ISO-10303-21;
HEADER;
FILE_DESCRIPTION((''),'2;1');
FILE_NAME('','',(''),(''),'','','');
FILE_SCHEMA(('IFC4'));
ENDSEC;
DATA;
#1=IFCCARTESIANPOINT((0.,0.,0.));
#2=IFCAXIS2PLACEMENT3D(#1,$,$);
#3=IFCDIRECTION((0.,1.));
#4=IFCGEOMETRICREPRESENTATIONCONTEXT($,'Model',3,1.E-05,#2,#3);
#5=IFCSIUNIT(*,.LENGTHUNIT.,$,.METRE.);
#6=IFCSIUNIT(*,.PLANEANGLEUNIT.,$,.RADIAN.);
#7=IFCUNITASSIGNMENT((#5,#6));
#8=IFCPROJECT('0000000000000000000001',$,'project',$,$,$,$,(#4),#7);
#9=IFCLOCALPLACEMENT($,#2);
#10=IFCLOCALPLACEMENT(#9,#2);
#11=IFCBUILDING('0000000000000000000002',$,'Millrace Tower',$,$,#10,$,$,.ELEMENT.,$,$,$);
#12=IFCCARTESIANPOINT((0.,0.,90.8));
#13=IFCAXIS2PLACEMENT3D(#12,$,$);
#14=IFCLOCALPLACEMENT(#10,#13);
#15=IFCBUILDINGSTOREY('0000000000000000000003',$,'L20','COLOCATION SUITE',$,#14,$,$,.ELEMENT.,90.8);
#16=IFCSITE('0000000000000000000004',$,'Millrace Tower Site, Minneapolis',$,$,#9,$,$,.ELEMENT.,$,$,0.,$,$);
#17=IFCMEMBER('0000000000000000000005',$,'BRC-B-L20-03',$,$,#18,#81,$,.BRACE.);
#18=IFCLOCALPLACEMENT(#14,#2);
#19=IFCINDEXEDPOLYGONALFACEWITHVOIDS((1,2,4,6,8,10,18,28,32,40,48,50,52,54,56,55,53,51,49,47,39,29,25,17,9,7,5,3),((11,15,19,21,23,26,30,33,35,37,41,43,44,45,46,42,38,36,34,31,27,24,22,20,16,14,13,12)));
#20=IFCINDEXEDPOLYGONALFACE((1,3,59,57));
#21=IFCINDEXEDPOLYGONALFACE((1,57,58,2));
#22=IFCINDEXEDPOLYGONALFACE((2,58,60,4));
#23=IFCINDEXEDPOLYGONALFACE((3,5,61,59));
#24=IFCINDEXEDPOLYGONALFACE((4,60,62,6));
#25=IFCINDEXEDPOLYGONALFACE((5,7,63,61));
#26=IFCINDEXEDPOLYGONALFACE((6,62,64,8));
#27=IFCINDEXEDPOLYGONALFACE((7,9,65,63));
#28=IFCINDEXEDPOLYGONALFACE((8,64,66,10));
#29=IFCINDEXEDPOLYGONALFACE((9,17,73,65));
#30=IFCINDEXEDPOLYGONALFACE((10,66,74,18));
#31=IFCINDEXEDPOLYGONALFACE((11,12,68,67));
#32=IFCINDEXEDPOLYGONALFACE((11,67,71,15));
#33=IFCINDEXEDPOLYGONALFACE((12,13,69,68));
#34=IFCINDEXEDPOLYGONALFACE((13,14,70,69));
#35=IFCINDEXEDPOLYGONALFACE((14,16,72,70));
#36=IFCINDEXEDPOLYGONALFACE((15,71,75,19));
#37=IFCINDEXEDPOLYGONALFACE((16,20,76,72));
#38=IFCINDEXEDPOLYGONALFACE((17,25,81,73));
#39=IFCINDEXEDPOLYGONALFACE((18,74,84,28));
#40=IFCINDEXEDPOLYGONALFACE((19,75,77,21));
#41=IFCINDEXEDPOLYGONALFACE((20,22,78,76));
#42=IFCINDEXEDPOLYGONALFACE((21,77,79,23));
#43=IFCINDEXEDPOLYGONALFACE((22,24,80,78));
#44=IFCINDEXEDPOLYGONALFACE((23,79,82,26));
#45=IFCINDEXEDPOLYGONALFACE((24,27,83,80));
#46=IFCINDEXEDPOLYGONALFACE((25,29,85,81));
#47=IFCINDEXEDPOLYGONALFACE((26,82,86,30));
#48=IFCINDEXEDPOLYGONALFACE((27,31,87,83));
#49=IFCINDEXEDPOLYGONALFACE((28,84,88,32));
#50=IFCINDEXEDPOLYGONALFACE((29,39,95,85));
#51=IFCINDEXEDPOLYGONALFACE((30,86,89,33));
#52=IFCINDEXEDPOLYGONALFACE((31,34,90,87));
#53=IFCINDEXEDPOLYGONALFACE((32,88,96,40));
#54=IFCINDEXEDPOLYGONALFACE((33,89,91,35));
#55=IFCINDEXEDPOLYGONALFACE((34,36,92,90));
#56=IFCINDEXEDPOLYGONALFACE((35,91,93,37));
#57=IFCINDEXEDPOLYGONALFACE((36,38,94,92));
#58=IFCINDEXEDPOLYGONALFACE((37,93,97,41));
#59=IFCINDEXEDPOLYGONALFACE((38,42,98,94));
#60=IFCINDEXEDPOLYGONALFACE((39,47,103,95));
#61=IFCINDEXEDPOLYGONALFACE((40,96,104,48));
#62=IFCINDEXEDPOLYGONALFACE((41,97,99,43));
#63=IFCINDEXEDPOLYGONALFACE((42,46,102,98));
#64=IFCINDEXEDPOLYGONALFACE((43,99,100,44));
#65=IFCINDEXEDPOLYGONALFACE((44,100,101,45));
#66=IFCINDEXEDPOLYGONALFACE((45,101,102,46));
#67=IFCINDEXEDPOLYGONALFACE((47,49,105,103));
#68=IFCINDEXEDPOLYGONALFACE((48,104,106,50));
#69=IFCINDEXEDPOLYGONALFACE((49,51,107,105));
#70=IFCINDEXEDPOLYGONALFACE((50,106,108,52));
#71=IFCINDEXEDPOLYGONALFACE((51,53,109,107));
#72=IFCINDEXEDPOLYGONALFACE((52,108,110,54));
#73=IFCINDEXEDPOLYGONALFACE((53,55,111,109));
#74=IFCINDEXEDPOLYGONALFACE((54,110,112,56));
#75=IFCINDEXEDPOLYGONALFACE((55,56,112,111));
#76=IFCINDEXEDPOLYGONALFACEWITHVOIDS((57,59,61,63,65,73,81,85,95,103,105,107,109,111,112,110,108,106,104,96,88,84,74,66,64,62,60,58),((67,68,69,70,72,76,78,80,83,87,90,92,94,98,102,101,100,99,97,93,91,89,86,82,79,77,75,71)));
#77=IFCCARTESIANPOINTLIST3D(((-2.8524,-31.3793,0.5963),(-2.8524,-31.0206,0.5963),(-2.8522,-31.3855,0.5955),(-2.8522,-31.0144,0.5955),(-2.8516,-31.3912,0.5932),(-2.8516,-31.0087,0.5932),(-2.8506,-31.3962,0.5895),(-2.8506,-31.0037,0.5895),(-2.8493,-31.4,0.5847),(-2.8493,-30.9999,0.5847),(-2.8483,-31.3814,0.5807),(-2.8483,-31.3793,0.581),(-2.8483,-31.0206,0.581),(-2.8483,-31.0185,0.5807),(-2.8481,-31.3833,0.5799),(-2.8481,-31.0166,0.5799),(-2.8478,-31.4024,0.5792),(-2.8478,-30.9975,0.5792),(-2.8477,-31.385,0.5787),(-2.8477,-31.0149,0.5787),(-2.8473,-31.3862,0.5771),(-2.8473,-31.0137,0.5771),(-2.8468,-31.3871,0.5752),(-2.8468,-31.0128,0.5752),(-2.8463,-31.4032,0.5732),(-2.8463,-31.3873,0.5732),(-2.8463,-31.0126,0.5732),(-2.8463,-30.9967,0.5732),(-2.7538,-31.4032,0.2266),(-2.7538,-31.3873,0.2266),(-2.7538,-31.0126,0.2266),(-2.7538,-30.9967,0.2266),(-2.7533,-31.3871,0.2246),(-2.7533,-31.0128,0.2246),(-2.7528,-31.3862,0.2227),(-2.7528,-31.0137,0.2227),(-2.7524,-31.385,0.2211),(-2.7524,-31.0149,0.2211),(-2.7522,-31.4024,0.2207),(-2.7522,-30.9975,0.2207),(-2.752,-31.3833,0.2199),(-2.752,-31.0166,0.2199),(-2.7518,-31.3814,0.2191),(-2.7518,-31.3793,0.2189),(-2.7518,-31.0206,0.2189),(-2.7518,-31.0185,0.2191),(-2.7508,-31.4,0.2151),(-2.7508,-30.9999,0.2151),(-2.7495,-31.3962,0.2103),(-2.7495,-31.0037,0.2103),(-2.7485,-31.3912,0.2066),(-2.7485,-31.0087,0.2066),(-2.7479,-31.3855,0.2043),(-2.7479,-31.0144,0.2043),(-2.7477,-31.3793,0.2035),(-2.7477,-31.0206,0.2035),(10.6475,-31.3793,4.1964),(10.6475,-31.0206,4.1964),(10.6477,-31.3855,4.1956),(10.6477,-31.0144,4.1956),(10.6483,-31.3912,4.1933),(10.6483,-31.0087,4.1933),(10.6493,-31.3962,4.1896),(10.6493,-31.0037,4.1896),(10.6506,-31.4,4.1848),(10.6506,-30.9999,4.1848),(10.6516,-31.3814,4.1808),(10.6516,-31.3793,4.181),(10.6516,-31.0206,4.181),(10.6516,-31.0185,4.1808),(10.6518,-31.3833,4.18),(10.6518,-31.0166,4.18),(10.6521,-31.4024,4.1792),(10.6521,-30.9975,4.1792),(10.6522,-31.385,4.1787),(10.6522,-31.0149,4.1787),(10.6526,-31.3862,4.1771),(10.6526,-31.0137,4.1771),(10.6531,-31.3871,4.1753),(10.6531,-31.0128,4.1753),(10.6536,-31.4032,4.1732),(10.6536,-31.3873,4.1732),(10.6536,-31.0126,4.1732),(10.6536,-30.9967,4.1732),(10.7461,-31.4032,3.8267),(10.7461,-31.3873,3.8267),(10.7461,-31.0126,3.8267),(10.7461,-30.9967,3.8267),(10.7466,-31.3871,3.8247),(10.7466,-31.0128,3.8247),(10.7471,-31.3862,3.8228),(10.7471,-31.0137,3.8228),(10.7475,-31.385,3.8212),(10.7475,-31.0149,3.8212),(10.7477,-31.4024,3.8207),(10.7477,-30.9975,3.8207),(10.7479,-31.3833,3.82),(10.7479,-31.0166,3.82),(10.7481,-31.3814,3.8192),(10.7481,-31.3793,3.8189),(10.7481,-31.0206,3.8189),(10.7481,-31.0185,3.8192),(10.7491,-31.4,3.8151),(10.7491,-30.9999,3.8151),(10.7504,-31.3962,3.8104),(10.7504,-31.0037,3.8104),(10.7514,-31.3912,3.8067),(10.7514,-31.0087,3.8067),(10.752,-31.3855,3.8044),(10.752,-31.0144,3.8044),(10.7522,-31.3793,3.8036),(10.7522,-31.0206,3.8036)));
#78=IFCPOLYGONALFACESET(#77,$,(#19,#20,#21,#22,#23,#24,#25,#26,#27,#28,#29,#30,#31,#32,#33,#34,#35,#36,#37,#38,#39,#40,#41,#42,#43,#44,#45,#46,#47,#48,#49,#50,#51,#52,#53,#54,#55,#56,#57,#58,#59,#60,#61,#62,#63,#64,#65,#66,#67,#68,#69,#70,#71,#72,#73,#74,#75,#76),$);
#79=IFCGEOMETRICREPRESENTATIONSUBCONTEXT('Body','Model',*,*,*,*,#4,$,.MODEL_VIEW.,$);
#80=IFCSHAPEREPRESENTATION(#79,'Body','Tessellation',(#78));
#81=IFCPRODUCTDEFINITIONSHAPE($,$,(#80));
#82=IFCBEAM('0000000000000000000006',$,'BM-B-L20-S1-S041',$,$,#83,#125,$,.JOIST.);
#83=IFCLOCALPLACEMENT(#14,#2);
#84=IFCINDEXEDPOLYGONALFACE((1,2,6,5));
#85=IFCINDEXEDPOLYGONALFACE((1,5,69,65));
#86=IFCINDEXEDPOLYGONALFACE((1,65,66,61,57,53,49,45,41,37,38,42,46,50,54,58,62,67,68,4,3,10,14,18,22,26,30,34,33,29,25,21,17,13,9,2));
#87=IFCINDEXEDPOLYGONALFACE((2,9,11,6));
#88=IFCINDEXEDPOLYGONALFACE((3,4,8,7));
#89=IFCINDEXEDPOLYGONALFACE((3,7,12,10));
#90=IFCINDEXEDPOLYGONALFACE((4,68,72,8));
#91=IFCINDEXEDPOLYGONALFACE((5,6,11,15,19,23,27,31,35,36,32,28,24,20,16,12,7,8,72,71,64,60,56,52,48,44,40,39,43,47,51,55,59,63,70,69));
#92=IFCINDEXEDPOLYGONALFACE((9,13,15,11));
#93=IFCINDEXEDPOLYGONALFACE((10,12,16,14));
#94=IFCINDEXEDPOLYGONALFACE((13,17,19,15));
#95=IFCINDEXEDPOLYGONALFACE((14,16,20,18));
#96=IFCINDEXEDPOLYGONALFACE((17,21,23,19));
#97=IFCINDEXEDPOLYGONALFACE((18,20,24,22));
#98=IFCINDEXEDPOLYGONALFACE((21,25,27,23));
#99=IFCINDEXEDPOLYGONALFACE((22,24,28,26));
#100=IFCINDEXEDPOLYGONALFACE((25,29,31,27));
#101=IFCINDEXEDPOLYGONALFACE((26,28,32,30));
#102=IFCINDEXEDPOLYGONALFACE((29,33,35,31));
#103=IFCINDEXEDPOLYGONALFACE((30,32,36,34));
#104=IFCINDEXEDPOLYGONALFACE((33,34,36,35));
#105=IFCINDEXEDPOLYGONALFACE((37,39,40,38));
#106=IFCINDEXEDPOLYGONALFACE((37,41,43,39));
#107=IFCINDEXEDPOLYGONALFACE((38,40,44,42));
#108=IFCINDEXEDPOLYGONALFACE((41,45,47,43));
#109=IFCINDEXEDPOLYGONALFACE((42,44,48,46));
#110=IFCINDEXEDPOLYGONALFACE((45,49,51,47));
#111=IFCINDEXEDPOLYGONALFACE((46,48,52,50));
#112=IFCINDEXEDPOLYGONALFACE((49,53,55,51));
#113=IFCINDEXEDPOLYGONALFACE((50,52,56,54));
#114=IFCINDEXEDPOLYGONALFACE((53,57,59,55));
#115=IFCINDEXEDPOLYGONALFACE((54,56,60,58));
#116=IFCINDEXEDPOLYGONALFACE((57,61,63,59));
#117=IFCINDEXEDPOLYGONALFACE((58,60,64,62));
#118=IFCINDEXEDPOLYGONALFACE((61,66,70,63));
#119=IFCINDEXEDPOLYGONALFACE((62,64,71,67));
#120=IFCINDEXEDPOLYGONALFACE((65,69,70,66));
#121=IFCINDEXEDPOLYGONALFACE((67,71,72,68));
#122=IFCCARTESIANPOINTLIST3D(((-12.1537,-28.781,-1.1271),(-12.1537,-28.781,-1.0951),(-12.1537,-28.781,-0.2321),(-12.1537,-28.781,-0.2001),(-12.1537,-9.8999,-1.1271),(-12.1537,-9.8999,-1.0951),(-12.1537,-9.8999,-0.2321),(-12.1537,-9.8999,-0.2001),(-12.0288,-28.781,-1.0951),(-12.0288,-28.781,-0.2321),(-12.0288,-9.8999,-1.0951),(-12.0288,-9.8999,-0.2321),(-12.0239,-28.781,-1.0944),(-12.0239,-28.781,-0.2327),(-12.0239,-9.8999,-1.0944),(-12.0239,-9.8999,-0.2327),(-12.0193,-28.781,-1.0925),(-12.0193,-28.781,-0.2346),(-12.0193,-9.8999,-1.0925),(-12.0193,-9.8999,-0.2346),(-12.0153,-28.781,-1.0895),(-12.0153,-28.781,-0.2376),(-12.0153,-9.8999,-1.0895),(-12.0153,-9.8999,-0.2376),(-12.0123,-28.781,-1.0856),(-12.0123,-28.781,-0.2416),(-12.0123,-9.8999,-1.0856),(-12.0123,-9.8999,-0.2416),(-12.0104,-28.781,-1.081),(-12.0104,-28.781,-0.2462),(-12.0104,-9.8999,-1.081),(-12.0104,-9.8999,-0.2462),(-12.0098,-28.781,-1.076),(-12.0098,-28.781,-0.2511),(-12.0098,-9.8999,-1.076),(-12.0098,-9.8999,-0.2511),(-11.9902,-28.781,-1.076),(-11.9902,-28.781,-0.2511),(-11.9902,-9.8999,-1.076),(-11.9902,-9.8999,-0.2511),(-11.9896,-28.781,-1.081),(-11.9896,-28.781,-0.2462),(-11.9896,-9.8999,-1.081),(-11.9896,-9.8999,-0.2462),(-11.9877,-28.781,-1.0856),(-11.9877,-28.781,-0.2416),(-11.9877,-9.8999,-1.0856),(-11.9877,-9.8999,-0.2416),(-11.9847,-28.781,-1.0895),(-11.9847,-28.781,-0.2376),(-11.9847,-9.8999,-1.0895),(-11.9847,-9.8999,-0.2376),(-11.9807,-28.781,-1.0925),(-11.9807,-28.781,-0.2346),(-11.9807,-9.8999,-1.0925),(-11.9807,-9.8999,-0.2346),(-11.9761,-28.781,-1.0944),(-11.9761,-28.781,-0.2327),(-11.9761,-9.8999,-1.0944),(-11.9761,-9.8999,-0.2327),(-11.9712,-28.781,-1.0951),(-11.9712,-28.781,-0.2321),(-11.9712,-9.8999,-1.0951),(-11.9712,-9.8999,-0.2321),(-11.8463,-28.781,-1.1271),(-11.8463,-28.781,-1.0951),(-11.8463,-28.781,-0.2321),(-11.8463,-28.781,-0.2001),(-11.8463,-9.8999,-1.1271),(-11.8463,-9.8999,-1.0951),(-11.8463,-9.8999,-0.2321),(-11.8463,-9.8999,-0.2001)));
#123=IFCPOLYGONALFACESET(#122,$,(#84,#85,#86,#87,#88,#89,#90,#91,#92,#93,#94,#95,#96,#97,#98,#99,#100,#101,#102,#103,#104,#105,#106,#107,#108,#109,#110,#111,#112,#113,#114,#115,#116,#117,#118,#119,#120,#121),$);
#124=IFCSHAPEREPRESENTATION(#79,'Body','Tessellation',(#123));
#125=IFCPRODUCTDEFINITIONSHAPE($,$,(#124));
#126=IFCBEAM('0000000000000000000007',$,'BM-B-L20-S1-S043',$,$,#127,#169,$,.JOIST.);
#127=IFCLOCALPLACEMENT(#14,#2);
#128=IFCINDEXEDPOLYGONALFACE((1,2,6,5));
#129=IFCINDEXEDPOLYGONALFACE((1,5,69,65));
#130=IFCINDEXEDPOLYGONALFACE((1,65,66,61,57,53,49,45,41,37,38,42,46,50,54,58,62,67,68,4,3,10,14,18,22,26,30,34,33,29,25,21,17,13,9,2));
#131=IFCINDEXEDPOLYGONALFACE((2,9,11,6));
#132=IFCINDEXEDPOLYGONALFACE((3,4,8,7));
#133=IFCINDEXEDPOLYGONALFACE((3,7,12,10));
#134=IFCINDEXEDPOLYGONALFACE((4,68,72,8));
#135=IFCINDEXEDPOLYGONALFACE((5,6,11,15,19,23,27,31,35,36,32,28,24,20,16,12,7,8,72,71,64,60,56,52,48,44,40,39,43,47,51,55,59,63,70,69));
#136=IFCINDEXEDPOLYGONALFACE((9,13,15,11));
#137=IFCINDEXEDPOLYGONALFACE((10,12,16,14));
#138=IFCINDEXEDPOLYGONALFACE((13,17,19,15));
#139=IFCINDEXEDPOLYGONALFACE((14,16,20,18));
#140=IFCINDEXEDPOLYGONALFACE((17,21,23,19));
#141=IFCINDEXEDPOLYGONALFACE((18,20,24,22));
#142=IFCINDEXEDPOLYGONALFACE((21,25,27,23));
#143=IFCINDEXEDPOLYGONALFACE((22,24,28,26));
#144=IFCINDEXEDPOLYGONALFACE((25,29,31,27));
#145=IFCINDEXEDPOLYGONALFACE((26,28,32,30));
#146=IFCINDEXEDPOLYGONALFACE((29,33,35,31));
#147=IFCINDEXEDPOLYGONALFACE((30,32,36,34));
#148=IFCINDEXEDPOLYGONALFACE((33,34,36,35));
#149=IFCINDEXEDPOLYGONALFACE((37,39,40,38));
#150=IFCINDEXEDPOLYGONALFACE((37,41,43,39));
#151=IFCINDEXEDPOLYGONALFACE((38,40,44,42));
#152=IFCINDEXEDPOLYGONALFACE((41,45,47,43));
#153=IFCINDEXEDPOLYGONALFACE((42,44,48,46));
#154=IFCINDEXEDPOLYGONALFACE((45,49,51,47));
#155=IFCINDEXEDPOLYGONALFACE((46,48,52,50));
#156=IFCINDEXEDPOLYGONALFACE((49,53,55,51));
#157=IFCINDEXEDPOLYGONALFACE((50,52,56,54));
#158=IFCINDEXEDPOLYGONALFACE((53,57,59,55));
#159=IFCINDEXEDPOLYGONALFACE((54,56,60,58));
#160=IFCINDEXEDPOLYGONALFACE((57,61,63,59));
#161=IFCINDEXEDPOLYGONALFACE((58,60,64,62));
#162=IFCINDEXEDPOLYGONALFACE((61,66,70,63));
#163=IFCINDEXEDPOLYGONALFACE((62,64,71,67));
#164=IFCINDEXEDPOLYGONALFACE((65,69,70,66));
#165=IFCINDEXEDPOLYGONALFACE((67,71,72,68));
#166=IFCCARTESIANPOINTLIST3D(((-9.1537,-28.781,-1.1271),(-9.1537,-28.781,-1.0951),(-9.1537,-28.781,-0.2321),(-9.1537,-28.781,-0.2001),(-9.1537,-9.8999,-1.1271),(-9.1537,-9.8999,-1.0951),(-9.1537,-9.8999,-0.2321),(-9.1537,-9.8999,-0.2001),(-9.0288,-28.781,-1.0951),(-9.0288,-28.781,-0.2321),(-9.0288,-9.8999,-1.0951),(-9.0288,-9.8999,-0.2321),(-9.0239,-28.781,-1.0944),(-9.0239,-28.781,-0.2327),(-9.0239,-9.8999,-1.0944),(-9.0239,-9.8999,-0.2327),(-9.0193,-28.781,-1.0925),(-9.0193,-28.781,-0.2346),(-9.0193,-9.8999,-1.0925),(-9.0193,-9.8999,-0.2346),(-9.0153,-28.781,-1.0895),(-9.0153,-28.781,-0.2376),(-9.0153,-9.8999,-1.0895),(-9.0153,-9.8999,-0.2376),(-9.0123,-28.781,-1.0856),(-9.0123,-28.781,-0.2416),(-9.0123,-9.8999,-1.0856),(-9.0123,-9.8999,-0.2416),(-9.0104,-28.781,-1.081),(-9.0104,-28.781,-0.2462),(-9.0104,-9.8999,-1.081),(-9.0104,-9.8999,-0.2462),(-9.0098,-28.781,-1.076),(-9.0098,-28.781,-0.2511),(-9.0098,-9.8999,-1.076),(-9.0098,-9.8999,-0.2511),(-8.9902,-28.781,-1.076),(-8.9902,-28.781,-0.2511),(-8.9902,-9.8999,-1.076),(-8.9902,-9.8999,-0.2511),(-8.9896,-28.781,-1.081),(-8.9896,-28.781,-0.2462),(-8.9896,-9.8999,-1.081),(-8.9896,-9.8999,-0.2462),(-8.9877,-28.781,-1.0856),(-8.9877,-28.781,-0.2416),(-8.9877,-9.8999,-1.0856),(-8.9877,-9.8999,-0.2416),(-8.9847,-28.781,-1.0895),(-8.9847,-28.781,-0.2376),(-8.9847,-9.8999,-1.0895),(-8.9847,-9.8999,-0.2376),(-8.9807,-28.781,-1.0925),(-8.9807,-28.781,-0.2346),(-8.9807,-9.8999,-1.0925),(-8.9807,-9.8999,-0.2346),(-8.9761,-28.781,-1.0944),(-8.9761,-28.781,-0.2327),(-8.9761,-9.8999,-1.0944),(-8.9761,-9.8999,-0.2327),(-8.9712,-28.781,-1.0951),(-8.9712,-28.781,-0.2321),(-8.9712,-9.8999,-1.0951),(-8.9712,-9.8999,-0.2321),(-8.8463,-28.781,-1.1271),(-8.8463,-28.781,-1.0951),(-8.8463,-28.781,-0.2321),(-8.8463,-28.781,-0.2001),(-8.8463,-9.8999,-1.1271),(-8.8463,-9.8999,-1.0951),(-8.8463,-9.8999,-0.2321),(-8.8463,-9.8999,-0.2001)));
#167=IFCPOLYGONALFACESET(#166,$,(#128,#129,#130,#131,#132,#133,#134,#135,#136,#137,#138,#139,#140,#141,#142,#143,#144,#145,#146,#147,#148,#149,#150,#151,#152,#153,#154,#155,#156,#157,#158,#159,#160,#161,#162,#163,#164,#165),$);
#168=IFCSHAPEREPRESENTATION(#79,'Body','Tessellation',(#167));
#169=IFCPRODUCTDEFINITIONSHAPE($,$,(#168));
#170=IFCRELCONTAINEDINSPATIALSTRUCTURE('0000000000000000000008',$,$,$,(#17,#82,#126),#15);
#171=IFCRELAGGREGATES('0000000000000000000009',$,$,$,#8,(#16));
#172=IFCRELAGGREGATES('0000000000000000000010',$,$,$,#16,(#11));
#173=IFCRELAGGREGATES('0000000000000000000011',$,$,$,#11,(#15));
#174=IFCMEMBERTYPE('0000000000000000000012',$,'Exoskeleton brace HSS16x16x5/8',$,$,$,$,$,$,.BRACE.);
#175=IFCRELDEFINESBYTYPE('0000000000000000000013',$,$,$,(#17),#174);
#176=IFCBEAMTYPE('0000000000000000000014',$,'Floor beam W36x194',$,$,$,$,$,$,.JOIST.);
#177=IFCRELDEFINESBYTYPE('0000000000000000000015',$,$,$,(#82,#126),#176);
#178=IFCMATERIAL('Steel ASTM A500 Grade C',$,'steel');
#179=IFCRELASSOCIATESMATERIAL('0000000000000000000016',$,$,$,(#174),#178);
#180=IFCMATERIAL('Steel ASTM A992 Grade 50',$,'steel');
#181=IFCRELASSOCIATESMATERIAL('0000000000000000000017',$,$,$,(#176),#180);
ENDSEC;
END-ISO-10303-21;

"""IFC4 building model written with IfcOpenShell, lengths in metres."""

from ifc_helpers import new_model, si_unit, direction, frame, origin, origin_2d, place, context, subcontext, project, spatial, hollow_rectangle, i_section, extrude, material, material_profile, profile_set, type_object, element, save


model = new_model("IFC4")

# Units and contexts
model_context = context("Model", 3, precision=1e-05, world=origin(), true_north=direction((0.0, 1.0)))
body_context = subcontext(model_context, "Body", "Model", "MODEL_VIEW")
ifc_project = project(units=[si_unit("LENGTHUNIT", "METRE"), si_unit("PLANEANGLEUNIT", "RADIAN")], contexts=[model_context])

# Site, building, storey
site_placement = place(None, origin())
site = spatial("IfcSite", under=ifc_project, at=site_placement, Name="Millrace Tower Site, Minneapolis", CompositionType="ELEMENT", RefElevation=0.0)
building_placement = place(site_placement, origin())
building = spatial("IfcBuilding", under=site, at=building_placement, Name="Millrace Tower", CompositionType="ELEMENT")
storey_placement = place(building_placement, frame((0.0, 0.0, 90.8)))
storey = spatial("IfcBuildingStorey", under=building, at=storey_placement, Name="L20", Description="COLOCATION SUITE", CompositionType="ELEMENT", Elevation=90.8)

# Member
ifc_material_1 = material(Name="Steel ASTM A500 Grade C", Category="steel")
ifc_material_profile_1 = material_profile(ifc_material_1, hollow_rectangle(XDim=0.4065, YDim=0.4065, WallThickness=0.0159, InnerFilletRadius=0.0081, OuterFilletRadius=0.0239, at=origin_2d()))
ifc_profile_set_1 = profile_set([ifc_material_profile_1], Name="Steel ASTM A500 Grade C")
member_type_1 = type_object("IfcMemberType", Name="Exoskeleton brace HSS16x16x5/8", PredefinedType="BRACE", material=ifc_profile_set_1)
member_1_placement = place(storey_placement, frame((-2.8, -31.2, 0.3999), z_axis=(0.966233, 0.0, 0.257669), x_axis=(0.0, 1.0, 0.0)))
element("IfcMember", 1, at=member_1_placement, inside=storey, type_object=member_type_1, Name="BRC-B-L20-03", PredefinedType="BRACE", context=body_context, shape_type="SweptSolid", body=[
    extrude(hollow_rectangle(XDim=0.4065, YDim=0.4065, WallThickness=0.0159, InnerFilletRadius=0.0081, OuterFilletRadius=0.0239, at=origin_2d()), origin(), (0.0, 0.0, 1.0), 13.9717),
])

# Beams
ifc_material_2 = material(Name="Steel ASTM A992 Grade 50", Category="steel")
ifc_material_profile_2 = material_profile(ifc_material_2, i_section(OverallWidth=0.3074, OverallDepth=0.927, WebThickness=0.0195, FlangeThickness=0.032, FilletRadius=0.019, at=origin_2d()))
ifc_profile_set_2 = profile_set([ifc_material_profile_2], Name="Steel ASTM A992 Grade 50")
beam_type_1 = type_object("IfcBeamType", Name="Floor beam W36x194", PredefinedType="JOIST", material=ifc_profile_set_2)
for number, where, z_axis, x_axis, name in (
    (2, (-12.0, -28.781, -0.6636), (0.0, 1.0, 0.0), (-1.0, 0.0, 0.0), "BM-B-L20-S1-S041"),
    (3, (-9.0, -28.781, -0.6636), (0.0, 1.0, 0.0), (-1.0, 0.0, 0.0), "BM-B-L20-S1-S043"),
):
    element("IfcBeam", number, at=place(storey_placement, frame(where, z_axis=z_axis, x_axis=x_axis)), inside=storey, type_object=beam_type_1, Name=name, PredefinedType="JOIST", context=body_context, shape_type="SweptSolid", body=[
        extrude(i_section(OverallWidth=0.3074, OverallDepth=0.927, WebThickness=0.0195, FlangeThickness=0.032, FilletRadius=0.019, at=origin_2d()), origin(), (0.0, 0.0, 1.0), 18.8811),
    ])

save(model, "model.ifc")
